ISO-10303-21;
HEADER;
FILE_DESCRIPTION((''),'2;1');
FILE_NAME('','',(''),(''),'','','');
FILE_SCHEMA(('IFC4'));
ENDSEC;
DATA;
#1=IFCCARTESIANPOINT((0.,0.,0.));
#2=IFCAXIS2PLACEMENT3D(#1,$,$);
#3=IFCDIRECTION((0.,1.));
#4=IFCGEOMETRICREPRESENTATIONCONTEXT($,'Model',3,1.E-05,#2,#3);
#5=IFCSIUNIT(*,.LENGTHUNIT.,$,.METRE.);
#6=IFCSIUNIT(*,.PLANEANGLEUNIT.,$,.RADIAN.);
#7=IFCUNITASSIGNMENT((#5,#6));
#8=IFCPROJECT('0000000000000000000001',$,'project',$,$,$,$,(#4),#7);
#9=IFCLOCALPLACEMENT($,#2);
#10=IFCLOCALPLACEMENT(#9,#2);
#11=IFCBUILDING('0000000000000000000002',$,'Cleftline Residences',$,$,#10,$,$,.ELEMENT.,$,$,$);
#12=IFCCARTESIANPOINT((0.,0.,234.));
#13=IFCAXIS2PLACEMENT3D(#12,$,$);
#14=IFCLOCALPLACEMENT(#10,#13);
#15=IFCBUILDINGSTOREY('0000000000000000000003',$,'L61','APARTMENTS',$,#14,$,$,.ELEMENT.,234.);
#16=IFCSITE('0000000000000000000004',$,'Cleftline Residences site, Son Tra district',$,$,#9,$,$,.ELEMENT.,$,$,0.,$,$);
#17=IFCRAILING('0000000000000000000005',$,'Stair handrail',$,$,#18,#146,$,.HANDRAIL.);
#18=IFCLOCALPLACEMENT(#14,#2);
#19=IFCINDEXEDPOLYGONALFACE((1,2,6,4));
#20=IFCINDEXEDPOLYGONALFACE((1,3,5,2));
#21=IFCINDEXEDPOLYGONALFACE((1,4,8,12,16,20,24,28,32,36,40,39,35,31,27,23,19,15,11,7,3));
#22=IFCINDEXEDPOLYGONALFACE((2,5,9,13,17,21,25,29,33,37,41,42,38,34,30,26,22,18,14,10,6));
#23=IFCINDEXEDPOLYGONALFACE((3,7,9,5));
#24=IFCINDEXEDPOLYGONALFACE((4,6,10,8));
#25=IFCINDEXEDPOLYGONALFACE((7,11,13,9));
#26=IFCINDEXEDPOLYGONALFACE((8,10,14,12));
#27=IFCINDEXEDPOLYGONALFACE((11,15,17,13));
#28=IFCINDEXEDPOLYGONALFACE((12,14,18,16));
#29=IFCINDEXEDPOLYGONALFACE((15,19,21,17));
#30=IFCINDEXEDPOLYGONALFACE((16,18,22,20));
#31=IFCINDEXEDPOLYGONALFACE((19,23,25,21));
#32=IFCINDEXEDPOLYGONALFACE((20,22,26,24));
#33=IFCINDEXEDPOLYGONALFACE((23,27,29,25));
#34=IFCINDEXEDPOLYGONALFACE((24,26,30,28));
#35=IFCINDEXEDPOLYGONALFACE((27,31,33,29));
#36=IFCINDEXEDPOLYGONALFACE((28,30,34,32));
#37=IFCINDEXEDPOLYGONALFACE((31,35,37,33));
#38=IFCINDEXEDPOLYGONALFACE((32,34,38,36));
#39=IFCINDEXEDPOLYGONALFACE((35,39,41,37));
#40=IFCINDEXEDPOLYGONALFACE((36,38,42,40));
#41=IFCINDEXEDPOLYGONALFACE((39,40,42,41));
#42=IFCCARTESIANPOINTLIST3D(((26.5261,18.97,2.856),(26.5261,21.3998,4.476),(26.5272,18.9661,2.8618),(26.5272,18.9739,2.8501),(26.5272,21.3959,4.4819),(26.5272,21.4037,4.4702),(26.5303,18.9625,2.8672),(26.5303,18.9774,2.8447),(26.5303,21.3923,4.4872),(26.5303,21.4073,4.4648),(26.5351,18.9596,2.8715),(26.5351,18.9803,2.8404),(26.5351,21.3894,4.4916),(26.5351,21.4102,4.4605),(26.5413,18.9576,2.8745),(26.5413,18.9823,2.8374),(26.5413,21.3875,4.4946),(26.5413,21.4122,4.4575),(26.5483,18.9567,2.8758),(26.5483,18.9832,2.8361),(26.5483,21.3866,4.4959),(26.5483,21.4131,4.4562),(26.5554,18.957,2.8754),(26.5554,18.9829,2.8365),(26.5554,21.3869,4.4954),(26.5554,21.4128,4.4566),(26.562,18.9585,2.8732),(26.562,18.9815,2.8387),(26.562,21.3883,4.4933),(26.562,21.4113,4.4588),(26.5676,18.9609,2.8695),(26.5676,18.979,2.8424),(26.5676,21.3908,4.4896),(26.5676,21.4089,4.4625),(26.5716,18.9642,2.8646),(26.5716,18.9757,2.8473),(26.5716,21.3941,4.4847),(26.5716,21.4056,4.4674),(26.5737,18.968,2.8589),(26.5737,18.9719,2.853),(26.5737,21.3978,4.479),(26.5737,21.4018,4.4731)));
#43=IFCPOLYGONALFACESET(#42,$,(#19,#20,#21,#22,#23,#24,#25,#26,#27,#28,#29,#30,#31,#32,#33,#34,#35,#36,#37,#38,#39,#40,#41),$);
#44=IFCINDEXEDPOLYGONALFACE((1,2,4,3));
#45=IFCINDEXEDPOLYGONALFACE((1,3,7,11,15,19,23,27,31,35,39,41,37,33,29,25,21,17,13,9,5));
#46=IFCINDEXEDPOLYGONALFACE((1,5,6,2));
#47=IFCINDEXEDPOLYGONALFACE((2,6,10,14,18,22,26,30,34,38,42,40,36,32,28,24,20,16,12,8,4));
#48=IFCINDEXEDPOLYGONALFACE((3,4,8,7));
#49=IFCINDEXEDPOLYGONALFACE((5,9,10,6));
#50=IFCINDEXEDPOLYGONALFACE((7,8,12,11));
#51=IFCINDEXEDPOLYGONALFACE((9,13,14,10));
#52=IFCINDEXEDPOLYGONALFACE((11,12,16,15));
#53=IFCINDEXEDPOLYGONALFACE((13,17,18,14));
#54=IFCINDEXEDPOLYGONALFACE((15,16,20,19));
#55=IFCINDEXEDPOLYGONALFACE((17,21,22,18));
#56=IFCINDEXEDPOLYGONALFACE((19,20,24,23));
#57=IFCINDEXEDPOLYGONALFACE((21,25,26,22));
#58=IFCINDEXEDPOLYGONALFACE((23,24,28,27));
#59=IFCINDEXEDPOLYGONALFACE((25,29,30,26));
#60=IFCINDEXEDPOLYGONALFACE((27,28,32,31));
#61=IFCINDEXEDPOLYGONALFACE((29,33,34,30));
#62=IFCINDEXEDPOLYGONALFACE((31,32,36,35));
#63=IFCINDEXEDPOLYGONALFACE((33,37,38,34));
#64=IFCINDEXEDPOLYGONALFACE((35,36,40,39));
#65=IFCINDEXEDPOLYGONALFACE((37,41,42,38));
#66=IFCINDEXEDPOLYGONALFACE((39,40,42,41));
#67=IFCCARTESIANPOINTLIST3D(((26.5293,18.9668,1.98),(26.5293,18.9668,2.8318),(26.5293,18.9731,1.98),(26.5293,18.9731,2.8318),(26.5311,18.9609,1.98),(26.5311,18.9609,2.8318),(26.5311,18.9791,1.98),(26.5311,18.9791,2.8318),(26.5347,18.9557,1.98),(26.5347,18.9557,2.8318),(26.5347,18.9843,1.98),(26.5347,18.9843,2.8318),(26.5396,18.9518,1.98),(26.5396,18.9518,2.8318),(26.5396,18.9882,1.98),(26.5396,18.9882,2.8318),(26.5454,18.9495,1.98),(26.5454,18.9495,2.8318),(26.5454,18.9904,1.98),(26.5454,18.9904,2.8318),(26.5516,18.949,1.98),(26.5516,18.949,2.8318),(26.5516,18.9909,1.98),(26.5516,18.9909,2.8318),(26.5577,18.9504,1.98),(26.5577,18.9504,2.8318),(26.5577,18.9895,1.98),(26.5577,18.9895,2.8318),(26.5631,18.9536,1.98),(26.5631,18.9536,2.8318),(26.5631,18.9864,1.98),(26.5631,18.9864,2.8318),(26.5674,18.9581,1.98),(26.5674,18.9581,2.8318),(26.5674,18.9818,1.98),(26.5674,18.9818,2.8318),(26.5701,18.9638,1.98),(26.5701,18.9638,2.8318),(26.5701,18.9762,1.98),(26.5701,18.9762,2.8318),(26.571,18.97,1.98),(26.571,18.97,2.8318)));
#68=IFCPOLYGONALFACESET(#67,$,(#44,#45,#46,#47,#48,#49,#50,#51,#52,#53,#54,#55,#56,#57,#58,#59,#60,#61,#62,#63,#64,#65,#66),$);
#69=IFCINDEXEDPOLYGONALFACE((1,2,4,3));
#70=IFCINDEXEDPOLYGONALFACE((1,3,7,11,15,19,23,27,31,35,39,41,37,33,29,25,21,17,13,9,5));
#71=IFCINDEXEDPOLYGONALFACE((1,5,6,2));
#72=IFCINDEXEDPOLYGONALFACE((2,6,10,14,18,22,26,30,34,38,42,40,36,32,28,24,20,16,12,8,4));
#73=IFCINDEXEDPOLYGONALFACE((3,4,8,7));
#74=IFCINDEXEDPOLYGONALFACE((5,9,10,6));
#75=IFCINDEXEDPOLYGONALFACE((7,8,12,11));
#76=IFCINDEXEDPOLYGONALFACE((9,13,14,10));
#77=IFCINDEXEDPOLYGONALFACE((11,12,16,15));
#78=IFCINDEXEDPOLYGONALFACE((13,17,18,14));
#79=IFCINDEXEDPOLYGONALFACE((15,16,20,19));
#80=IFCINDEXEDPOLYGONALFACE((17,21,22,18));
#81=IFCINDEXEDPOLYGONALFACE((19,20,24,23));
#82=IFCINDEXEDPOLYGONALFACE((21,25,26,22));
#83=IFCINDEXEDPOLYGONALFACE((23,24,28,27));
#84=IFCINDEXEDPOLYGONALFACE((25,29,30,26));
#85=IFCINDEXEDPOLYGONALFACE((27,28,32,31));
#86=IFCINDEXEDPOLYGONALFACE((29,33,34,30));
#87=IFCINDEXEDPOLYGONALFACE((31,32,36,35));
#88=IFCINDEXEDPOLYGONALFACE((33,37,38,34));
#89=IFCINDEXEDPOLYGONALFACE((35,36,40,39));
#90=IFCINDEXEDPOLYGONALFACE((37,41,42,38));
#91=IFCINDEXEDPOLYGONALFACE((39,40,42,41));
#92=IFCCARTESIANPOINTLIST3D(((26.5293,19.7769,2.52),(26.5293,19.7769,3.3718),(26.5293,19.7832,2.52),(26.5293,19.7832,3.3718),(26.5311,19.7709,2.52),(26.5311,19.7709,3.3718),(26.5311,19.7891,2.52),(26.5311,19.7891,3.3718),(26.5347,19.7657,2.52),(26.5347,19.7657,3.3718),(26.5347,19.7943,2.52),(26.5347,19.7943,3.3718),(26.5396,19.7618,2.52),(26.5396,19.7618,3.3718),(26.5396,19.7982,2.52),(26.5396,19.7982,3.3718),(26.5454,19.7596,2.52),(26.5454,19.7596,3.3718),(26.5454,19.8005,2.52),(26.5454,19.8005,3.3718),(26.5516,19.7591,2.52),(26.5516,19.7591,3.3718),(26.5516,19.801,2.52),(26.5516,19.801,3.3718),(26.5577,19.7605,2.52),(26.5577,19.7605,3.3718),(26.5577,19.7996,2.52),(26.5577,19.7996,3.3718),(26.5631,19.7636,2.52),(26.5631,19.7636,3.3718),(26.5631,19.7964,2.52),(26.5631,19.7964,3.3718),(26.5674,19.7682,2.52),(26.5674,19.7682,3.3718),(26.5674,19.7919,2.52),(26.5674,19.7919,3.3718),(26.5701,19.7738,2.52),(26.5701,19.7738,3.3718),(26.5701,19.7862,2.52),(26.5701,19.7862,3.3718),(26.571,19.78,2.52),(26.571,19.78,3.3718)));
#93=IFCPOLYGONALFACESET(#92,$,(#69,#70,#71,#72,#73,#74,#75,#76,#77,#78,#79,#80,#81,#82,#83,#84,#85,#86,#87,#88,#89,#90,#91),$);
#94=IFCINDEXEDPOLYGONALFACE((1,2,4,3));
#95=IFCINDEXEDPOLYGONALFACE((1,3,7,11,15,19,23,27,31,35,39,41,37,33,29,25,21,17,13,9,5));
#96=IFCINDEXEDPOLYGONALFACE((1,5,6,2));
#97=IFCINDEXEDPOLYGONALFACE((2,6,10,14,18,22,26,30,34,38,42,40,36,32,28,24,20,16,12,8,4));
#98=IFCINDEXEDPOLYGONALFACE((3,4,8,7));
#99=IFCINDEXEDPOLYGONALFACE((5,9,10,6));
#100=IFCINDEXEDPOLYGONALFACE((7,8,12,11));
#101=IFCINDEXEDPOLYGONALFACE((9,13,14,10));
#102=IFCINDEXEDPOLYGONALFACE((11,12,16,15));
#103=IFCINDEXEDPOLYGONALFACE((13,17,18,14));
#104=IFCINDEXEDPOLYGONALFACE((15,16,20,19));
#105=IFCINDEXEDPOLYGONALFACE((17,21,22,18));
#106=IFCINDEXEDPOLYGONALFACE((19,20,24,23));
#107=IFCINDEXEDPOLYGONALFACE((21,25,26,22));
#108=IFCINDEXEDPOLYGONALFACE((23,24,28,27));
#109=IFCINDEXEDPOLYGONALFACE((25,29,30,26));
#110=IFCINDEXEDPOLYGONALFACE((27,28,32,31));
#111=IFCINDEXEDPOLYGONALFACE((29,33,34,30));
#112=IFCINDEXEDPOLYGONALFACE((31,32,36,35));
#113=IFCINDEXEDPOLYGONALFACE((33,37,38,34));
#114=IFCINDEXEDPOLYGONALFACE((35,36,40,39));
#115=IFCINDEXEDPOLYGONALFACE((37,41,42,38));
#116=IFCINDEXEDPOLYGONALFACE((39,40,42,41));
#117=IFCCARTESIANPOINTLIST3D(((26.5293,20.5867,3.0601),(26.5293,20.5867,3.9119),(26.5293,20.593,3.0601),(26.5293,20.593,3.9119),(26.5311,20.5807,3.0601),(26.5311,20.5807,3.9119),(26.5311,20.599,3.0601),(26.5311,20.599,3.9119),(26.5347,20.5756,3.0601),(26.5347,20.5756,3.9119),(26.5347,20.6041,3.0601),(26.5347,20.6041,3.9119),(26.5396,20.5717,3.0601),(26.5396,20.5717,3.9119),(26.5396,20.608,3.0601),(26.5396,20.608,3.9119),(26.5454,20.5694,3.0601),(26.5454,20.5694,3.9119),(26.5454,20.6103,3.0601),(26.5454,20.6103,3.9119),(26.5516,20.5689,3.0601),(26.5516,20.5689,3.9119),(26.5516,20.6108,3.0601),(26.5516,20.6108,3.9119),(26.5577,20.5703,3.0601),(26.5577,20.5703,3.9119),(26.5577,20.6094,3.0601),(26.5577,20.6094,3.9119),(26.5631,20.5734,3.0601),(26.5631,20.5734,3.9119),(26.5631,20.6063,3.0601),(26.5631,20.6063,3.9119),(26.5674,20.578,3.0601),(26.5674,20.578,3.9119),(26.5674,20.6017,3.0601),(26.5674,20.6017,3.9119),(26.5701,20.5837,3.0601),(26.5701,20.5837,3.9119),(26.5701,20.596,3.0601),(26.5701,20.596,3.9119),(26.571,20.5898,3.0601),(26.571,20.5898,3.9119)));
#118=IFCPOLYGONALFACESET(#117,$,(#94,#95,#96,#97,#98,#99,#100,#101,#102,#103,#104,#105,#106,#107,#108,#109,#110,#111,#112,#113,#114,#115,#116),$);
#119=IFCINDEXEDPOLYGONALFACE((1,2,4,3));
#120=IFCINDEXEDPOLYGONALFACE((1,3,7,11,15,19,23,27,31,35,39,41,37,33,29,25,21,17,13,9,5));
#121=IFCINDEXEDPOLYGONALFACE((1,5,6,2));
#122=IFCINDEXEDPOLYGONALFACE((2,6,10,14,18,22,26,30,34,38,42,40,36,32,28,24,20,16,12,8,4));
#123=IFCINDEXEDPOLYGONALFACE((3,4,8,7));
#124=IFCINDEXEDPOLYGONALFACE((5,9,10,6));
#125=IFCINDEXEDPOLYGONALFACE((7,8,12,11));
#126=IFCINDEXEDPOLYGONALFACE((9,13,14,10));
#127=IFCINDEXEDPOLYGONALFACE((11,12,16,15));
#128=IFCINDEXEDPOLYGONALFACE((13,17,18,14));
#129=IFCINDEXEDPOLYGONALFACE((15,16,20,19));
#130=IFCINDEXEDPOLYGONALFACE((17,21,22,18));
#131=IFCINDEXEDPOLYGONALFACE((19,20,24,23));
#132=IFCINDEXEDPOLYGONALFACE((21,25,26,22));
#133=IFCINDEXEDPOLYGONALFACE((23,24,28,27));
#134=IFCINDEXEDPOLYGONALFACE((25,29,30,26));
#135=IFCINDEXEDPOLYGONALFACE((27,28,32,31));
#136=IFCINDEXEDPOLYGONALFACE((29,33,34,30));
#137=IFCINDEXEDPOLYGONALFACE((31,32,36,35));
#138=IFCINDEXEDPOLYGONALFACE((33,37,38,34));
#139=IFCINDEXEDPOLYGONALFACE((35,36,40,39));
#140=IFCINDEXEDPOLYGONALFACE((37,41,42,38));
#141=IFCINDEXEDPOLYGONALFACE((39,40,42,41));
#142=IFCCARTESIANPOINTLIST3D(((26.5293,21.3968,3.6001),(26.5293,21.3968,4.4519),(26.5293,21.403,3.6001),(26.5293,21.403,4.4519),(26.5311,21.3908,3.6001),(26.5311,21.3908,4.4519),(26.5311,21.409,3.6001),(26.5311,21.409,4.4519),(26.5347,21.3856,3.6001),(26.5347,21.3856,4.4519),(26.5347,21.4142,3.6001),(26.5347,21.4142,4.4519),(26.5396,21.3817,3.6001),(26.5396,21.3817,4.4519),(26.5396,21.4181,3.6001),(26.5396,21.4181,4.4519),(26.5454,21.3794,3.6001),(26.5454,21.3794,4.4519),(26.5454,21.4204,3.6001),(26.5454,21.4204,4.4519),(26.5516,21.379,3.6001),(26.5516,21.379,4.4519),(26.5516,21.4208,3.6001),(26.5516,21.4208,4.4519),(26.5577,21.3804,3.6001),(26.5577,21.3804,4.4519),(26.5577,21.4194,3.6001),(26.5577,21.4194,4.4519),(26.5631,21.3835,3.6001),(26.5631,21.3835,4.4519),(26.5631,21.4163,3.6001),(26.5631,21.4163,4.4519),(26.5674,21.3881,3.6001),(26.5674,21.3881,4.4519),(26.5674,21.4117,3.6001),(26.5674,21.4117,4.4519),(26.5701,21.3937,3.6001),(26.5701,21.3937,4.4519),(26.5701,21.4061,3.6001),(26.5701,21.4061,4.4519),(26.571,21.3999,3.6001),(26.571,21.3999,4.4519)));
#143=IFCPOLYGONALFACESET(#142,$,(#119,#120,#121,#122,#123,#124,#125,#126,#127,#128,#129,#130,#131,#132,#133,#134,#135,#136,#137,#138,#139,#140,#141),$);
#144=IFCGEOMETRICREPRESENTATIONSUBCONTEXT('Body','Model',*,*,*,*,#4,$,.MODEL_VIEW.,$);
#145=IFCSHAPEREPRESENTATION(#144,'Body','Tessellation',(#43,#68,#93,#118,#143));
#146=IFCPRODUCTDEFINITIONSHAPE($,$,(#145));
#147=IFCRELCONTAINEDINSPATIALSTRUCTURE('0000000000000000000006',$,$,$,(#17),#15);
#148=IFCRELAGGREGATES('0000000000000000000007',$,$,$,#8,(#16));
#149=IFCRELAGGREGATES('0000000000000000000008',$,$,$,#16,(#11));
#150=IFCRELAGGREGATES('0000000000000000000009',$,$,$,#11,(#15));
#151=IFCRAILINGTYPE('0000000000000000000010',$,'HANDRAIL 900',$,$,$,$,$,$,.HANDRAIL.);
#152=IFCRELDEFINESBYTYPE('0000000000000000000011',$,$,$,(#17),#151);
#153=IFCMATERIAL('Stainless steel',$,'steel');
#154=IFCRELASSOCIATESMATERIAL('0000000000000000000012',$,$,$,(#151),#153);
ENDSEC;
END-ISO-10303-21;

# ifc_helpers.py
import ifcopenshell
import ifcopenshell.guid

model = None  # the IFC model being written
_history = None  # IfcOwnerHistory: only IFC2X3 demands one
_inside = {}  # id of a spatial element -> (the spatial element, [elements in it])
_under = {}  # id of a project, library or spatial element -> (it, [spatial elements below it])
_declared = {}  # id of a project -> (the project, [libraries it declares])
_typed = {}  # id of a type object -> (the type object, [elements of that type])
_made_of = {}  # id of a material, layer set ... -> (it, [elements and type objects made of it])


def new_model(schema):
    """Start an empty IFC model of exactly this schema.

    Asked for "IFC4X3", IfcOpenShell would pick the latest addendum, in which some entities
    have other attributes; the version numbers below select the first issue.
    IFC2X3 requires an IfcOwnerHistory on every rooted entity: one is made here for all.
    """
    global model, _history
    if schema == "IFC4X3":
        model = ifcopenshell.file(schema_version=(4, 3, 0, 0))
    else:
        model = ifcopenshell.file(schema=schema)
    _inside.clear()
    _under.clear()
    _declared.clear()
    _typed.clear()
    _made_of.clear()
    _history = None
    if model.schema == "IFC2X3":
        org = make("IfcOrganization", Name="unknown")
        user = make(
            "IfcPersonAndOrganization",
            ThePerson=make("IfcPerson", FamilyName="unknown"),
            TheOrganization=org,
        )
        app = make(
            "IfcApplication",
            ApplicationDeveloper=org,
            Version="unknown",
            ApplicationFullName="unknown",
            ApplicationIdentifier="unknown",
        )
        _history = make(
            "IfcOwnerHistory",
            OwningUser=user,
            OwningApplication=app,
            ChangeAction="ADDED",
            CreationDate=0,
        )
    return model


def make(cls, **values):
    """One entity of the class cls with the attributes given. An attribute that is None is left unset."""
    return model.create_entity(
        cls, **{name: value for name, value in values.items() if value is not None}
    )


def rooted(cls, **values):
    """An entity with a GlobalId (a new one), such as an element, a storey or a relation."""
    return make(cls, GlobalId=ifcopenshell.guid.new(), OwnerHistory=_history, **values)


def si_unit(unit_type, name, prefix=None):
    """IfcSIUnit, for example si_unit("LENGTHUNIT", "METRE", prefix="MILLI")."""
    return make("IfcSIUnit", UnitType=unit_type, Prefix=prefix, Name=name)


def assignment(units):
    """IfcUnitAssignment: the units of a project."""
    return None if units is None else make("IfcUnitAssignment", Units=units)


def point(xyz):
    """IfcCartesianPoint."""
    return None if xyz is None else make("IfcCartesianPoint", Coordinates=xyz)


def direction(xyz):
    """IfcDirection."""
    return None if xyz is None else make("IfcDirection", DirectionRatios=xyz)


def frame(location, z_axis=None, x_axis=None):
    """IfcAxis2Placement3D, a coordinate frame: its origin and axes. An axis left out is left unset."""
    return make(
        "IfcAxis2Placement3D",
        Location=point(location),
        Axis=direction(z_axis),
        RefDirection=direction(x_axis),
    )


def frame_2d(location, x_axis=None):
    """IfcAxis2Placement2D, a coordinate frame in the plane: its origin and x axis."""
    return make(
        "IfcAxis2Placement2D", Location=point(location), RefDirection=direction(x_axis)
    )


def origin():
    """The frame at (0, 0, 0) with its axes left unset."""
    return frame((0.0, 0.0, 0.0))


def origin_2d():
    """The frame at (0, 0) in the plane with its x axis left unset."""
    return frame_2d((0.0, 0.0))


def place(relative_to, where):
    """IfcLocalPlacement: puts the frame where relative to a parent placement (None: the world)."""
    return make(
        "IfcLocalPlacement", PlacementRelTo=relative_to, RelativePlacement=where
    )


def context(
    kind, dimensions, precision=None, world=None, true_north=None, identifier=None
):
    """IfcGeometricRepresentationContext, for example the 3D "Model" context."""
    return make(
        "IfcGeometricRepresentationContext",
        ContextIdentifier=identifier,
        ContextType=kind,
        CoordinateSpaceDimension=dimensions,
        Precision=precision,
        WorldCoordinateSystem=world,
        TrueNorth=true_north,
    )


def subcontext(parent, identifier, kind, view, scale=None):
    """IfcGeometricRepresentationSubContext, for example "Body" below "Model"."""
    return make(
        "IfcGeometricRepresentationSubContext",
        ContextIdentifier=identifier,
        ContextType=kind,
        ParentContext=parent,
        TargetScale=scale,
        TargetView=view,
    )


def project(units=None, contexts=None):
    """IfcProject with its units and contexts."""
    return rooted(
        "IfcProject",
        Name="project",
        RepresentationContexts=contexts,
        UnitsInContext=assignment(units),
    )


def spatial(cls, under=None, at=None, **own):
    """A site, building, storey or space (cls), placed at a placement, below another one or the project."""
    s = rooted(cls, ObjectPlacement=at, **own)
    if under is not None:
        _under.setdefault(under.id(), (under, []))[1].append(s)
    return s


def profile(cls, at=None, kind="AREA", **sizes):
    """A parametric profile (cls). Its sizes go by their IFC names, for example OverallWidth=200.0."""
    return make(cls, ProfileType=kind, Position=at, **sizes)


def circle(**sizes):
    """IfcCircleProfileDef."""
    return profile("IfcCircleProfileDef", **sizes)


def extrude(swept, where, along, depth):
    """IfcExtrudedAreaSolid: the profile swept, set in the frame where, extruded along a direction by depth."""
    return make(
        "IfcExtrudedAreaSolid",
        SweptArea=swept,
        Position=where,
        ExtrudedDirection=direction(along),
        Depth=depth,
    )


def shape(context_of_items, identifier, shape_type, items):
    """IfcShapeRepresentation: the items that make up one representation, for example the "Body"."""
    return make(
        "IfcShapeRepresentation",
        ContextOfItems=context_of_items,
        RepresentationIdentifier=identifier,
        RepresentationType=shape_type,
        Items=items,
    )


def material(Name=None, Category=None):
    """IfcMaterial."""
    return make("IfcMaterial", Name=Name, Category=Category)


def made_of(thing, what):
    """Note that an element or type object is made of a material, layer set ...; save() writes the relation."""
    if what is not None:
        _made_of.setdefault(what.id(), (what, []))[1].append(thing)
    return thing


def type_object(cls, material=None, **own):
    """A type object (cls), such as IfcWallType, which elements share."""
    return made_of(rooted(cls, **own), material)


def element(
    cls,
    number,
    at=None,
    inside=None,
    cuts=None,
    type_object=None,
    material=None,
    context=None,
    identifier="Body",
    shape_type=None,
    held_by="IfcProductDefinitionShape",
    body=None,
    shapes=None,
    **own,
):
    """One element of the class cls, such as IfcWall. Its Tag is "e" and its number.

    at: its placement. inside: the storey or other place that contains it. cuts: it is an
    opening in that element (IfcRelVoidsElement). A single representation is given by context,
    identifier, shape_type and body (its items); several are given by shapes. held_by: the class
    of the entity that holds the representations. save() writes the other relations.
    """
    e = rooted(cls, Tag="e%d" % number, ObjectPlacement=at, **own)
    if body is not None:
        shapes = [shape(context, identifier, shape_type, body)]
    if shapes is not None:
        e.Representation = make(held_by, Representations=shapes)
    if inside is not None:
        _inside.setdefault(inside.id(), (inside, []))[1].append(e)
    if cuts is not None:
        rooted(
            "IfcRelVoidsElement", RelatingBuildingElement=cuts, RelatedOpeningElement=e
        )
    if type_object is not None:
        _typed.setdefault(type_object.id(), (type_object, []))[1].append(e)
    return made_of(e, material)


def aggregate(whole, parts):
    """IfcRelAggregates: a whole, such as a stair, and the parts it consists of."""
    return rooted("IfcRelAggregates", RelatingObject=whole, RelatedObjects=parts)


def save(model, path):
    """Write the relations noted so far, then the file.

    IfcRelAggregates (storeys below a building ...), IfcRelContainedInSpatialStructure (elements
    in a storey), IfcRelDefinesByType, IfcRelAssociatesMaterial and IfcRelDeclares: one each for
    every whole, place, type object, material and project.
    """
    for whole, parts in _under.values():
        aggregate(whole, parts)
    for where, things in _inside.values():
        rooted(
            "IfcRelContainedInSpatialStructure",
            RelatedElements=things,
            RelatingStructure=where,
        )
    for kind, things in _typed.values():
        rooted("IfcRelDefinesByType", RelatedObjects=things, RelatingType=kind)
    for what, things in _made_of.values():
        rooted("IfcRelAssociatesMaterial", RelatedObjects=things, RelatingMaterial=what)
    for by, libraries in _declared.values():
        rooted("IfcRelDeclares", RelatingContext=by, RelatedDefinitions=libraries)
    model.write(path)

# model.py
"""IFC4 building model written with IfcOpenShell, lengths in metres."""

from ifc_helpers import new_model, si_unit, direction, frame, origin, origin_2d, place, context, subcontext, project, spatial, circle, extrude, material, type_object, element, save


model = new_model("IFC4")

# Units and contexts
model_context = context("Model", 3, precision=1e-05, world=origin(), true_north=direction((0.0, 1.0)))
body_context = subcontext(model_context, "Body", "Model", "MODEL_VIEW")
ifc_project = project(units=[si_unit("LENGTHUNIT", "METRE"), si_unit("PLANEANGLEUNIT", "RADIAN")], contexts=[model_context])

# Site, building, storey
site_placement = place(None, origin())
site = spatial("IfcSite", under=ifc_project, at=site_placement, Name="Cleftline Residences site, Son Tra district", CompositionType="ELEMENT", RefElevation=0.0)
building_placement = place(site_placement, origin())
building = spatial("IfcBuilding", under=site, at=building_placement, Name="Cleftline Residences", CompositionType="ELEMENT")
storey_placement = place(building_placement, frame((0.0, 0.0, 234.0)))
storey = spatial("IfcBuildingStorey", under=building, at=storey_placement, Name="L61", Description="APARTMENTS", CompositionType="ELEMENT", Elevation=234.0)

# Railing
ifc_material_1 = material(Name="Stainless steel", Category="steel")
railing_type = type_object("IfcRailingType", Name="HANDRAIL 900", PredefinedType="HANDRAIL", material=ifc_material_1)
railing_1_placement = place(storey_placement, frame((26.55, 18.97, 1.98)))
element("IfcRailing", 1, at=railing_1_placement, inside=storey, type_object=railing_type, Name="Stair handrail", PredefinedType="HANDRAIL", context=body_context, shape_type="SweptSolid", body=[
    extrude(circle(Radius=0.0239, at=origin_2d()), frame((0.0, 0.0, 0.876), z_axis=(0.0, 0.832025, 0.554739), x_axis=(-1.0, 0.0, 0.0)), (0.0, 0.0, 1.0), 2.9204),
    extrude(circle(Radius=0.021, at=origin_2d()), origin(), (0.0, 0.0, 1.0), 0.8518),
    extrude(circle(Radius=0.021, at=origin_2d()), frame((0.0, 0.8101, 0.54)), (0.0, 0.0, 1.0), 0.8518),
    extrude(circle(Radius=0.021, at=origin_2d()), frame((0.0, 1.6199, 1.0801)), (0.0, 0.0, 1.0), 0.8518),
    extrude(circle(Radius=0.021, at=origin_2d()), frame((0.0, 2.4299, 1.6201)), (0.0, 0.0, 1.0), 0.8518),
])

save(model, "model.ifc")
